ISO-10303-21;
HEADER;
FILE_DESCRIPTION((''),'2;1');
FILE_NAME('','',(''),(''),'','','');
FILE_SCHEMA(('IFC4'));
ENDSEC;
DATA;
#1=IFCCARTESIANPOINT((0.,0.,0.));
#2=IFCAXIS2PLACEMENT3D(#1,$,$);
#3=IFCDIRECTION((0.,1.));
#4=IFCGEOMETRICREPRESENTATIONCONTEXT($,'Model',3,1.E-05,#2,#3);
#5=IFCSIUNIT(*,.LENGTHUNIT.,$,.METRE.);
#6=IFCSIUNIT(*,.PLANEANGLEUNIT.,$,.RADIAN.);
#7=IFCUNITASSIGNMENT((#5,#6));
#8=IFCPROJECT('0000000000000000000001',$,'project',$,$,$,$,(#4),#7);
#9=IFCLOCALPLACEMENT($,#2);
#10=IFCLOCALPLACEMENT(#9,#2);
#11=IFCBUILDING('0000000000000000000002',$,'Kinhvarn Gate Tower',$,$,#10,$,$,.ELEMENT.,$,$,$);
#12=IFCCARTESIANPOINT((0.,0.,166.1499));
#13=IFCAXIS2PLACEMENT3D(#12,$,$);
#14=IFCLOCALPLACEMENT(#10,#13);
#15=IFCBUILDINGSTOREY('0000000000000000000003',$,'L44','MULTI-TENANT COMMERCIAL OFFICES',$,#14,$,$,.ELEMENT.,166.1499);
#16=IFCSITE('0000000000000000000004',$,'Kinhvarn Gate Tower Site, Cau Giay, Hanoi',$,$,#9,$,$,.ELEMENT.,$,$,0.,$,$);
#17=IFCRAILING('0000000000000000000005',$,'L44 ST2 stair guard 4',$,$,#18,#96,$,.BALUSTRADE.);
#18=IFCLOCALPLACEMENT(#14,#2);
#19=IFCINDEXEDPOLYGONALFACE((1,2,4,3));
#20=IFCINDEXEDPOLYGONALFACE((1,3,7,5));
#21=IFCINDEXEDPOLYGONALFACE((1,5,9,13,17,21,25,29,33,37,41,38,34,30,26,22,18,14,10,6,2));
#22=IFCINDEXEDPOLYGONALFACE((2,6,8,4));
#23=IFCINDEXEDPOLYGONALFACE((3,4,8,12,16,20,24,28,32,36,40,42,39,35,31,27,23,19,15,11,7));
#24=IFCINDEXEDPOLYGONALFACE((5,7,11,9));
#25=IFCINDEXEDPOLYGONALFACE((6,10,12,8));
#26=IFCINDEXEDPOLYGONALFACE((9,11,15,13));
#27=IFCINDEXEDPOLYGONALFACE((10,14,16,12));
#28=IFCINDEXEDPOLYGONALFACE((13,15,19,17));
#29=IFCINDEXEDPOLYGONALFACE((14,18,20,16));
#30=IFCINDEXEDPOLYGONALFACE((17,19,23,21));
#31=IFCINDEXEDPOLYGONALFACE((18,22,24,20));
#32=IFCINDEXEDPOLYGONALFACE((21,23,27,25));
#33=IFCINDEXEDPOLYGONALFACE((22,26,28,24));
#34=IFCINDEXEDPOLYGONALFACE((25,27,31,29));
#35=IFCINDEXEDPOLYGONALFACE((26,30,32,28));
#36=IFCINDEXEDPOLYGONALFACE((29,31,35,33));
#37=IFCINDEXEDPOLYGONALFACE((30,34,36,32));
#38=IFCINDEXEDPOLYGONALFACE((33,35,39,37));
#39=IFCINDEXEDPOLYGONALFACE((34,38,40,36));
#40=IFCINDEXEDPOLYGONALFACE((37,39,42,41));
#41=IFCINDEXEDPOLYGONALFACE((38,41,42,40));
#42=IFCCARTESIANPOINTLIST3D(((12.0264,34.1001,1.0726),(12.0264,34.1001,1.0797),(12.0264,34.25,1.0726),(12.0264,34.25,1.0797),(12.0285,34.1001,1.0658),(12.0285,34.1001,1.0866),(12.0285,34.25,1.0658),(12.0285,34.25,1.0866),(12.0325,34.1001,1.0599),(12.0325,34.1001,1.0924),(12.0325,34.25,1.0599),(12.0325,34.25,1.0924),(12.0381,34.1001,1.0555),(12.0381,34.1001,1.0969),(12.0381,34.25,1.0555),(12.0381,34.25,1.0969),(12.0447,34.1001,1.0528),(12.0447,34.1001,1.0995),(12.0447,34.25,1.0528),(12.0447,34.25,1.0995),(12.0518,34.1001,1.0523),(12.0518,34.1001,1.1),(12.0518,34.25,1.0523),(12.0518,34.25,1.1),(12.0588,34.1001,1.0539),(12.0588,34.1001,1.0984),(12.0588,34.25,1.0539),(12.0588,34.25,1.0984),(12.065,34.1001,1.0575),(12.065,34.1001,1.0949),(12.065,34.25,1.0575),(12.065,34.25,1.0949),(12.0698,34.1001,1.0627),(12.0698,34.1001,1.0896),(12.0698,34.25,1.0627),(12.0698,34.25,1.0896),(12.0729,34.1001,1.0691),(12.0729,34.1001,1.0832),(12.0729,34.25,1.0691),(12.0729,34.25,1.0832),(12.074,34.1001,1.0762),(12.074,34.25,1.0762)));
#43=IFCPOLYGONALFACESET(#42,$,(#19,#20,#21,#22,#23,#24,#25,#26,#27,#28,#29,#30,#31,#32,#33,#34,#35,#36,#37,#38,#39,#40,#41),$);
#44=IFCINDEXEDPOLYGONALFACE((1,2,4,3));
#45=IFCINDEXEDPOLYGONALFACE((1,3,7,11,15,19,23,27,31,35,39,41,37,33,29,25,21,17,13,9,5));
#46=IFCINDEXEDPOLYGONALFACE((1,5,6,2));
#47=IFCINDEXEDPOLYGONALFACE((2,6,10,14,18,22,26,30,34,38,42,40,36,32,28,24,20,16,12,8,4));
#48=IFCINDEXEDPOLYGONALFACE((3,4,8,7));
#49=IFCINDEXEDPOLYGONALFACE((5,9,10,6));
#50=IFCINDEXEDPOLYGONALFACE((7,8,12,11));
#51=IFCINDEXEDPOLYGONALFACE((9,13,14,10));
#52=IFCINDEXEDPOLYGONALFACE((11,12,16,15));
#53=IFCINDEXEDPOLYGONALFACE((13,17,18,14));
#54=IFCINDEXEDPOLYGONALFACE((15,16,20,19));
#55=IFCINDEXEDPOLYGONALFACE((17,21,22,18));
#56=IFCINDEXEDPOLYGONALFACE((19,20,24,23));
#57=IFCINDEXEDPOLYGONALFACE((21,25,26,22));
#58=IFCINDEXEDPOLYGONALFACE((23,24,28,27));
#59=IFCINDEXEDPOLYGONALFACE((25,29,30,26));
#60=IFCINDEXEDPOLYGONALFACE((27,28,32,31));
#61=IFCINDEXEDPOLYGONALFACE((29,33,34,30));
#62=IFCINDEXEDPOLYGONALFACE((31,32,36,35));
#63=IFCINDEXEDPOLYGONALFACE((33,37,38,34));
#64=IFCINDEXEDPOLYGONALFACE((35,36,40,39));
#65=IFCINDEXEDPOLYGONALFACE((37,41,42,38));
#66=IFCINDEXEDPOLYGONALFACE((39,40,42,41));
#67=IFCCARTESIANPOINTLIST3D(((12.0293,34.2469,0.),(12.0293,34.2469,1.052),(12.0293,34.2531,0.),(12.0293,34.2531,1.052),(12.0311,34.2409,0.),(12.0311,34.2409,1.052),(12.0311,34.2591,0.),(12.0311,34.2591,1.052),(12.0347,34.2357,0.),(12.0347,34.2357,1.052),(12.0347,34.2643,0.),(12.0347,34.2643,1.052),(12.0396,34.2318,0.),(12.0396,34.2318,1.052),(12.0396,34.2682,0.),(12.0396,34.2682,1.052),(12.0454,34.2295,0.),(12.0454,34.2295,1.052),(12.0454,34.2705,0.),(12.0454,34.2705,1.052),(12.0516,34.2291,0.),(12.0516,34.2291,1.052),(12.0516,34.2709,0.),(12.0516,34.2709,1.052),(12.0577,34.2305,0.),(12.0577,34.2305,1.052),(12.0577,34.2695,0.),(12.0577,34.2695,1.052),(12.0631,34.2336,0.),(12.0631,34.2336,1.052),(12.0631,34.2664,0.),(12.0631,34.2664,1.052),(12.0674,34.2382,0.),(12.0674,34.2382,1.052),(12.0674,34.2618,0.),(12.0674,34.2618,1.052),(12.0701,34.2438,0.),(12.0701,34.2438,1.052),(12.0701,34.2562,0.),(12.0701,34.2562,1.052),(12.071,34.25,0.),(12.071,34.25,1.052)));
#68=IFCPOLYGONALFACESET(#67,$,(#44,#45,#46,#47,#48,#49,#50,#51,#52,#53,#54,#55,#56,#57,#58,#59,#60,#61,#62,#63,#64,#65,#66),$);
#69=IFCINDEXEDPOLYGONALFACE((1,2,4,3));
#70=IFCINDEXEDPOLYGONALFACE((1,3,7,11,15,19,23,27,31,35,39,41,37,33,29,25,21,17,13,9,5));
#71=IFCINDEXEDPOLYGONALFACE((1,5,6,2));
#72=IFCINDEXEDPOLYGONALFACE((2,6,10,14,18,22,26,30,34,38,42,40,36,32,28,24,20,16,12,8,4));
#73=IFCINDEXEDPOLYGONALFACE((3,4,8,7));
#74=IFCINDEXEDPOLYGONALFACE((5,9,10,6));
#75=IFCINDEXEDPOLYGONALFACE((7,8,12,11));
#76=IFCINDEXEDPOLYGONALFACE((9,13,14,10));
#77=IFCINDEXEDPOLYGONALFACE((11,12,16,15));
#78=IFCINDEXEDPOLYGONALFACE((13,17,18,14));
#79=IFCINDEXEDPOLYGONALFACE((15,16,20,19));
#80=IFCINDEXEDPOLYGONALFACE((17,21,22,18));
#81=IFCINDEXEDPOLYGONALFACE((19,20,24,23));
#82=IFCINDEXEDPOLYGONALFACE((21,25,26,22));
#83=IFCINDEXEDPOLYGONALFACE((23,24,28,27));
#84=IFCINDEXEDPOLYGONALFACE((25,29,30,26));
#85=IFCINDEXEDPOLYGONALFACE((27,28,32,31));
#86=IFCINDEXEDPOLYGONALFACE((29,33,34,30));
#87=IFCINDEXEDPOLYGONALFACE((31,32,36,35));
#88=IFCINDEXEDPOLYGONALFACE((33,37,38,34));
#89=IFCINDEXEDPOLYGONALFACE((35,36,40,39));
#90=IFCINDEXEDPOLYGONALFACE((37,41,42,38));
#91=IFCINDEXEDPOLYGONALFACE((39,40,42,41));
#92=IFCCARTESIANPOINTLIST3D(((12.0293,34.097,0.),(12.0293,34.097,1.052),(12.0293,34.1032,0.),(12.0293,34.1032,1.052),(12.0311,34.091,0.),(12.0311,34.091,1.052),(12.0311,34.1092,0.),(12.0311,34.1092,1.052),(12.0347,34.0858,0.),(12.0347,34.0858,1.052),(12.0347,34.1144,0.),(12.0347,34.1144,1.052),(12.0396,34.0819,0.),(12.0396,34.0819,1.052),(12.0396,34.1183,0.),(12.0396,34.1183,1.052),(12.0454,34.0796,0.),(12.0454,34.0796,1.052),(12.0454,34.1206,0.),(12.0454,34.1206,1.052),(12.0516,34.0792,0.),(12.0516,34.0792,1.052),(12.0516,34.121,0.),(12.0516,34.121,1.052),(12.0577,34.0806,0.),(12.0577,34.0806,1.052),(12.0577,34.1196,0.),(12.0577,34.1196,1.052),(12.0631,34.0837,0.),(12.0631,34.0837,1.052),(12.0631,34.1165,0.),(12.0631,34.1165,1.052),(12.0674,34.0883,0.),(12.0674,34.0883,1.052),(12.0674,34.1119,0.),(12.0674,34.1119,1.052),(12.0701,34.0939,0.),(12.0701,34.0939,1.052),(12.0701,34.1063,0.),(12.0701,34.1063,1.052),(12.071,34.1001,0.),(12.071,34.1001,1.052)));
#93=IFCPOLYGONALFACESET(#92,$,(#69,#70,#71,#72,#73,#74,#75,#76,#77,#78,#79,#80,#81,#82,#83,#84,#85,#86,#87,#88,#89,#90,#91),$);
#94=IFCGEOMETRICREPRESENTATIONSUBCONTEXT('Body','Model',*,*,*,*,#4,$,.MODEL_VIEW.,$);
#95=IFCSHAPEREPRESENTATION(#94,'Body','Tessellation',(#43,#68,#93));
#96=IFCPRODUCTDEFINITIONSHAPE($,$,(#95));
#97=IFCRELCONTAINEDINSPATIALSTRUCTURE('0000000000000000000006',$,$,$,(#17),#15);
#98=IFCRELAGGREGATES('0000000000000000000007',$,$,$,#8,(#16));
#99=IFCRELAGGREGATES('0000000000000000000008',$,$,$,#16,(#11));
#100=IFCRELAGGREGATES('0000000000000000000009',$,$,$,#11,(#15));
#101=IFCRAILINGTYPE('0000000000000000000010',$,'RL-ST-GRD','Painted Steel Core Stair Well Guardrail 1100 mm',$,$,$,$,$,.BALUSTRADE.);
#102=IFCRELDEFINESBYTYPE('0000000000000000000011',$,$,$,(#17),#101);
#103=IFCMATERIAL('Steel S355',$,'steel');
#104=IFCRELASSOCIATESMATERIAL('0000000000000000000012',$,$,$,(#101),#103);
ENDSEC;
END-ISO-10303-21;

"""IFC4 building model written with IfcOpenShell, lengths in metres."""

from ifc_helpers import new_model, si_unit, direction, frame, origin, origin_2d, place, context, subcontext, project, spatial, circle, extrude, material, type_object, element, save


model = new_model("IFC4")

# Units and contexts
model_context = context("Model", 3, precision=1e-05, world=origin(), true_north=direction((0.0, 1.0)))
body_context = subcontext(model_context, "Body", "Model", "MODEL_VIEW")
ifc_project = project(units=[si_unit("LENGTHUNIT", "METRE"), si_unit("PLANEANGLEUNIT", "RADIAN")], contexts=[model_context])

# Site, building, storey
site_placement = place(None, origin())
site = spatial("IfcSite", under=ifc_project, at=site_placement, Name="Kinhvarn Gate Tower Site, Cau Giay, Hanoi", CompositionType="ELEMENT", RefElevation=0.0)
building_placement = place(site_placement, origin())
building = spatial("IfcBuilding", under=site, at=building_placement, Name="Kinhvarn Gate Tower", CompositionType="ELEMENT")
storey_placement = place(building_placement, frame((0.0, 0.0, 166.1499)))
storey = spatial("IfcBuildingStorey", under=building, at=storey_placement, Name="L44", Description="MULTI-TENANT COMMERCIAL OFFICES", CompositionType="ELEMENT", Elevation=166.1499)

# Shared definitions
ifc_material_1 = material(Name="Steel S355", Category="steel")

# Railing
railing_type_1 = type_object("IfcRailingType", Name="RL-ST-GRD", Description="Painted Steel Core Stair Well Guardrail 1100 mm", PredefinedType="BALUSTRADE", material=ifc_material_1)
railing_1_placement = place(storey_placement, frame((12.05, 34.25, 0.0)))
element("IfcRailing", 1, at=railing_1_placement, inside=storey, type_object=railing_type_1, Name="L44 ST2 stair guard 4", PredefinedType="BALUSTRADE", context=body_context, shape_type="SweptSolid", body=[
    extrude(circle(Radius=0.0239, at=origin_2d()), frame((0.0, 0.0, 1.0762), z_axis=(0.0, -1.0, 0.0), x_axis=(1.0, 0.0, 0.0)), (0.0, 0.0, 1.0), 0.1499),
    extrude(circle(Radius=0.021, at=origin_2d()), origin(), (0.0, 0.0, 1.0), 1.052),
    extrude(circle(Radius=0.021, at=origin_2d()), frame((0.0, -0.1499, 0.0)), (0.0, 0.0, 1.0), 1.052),
])

save(model, "model.ifc")
